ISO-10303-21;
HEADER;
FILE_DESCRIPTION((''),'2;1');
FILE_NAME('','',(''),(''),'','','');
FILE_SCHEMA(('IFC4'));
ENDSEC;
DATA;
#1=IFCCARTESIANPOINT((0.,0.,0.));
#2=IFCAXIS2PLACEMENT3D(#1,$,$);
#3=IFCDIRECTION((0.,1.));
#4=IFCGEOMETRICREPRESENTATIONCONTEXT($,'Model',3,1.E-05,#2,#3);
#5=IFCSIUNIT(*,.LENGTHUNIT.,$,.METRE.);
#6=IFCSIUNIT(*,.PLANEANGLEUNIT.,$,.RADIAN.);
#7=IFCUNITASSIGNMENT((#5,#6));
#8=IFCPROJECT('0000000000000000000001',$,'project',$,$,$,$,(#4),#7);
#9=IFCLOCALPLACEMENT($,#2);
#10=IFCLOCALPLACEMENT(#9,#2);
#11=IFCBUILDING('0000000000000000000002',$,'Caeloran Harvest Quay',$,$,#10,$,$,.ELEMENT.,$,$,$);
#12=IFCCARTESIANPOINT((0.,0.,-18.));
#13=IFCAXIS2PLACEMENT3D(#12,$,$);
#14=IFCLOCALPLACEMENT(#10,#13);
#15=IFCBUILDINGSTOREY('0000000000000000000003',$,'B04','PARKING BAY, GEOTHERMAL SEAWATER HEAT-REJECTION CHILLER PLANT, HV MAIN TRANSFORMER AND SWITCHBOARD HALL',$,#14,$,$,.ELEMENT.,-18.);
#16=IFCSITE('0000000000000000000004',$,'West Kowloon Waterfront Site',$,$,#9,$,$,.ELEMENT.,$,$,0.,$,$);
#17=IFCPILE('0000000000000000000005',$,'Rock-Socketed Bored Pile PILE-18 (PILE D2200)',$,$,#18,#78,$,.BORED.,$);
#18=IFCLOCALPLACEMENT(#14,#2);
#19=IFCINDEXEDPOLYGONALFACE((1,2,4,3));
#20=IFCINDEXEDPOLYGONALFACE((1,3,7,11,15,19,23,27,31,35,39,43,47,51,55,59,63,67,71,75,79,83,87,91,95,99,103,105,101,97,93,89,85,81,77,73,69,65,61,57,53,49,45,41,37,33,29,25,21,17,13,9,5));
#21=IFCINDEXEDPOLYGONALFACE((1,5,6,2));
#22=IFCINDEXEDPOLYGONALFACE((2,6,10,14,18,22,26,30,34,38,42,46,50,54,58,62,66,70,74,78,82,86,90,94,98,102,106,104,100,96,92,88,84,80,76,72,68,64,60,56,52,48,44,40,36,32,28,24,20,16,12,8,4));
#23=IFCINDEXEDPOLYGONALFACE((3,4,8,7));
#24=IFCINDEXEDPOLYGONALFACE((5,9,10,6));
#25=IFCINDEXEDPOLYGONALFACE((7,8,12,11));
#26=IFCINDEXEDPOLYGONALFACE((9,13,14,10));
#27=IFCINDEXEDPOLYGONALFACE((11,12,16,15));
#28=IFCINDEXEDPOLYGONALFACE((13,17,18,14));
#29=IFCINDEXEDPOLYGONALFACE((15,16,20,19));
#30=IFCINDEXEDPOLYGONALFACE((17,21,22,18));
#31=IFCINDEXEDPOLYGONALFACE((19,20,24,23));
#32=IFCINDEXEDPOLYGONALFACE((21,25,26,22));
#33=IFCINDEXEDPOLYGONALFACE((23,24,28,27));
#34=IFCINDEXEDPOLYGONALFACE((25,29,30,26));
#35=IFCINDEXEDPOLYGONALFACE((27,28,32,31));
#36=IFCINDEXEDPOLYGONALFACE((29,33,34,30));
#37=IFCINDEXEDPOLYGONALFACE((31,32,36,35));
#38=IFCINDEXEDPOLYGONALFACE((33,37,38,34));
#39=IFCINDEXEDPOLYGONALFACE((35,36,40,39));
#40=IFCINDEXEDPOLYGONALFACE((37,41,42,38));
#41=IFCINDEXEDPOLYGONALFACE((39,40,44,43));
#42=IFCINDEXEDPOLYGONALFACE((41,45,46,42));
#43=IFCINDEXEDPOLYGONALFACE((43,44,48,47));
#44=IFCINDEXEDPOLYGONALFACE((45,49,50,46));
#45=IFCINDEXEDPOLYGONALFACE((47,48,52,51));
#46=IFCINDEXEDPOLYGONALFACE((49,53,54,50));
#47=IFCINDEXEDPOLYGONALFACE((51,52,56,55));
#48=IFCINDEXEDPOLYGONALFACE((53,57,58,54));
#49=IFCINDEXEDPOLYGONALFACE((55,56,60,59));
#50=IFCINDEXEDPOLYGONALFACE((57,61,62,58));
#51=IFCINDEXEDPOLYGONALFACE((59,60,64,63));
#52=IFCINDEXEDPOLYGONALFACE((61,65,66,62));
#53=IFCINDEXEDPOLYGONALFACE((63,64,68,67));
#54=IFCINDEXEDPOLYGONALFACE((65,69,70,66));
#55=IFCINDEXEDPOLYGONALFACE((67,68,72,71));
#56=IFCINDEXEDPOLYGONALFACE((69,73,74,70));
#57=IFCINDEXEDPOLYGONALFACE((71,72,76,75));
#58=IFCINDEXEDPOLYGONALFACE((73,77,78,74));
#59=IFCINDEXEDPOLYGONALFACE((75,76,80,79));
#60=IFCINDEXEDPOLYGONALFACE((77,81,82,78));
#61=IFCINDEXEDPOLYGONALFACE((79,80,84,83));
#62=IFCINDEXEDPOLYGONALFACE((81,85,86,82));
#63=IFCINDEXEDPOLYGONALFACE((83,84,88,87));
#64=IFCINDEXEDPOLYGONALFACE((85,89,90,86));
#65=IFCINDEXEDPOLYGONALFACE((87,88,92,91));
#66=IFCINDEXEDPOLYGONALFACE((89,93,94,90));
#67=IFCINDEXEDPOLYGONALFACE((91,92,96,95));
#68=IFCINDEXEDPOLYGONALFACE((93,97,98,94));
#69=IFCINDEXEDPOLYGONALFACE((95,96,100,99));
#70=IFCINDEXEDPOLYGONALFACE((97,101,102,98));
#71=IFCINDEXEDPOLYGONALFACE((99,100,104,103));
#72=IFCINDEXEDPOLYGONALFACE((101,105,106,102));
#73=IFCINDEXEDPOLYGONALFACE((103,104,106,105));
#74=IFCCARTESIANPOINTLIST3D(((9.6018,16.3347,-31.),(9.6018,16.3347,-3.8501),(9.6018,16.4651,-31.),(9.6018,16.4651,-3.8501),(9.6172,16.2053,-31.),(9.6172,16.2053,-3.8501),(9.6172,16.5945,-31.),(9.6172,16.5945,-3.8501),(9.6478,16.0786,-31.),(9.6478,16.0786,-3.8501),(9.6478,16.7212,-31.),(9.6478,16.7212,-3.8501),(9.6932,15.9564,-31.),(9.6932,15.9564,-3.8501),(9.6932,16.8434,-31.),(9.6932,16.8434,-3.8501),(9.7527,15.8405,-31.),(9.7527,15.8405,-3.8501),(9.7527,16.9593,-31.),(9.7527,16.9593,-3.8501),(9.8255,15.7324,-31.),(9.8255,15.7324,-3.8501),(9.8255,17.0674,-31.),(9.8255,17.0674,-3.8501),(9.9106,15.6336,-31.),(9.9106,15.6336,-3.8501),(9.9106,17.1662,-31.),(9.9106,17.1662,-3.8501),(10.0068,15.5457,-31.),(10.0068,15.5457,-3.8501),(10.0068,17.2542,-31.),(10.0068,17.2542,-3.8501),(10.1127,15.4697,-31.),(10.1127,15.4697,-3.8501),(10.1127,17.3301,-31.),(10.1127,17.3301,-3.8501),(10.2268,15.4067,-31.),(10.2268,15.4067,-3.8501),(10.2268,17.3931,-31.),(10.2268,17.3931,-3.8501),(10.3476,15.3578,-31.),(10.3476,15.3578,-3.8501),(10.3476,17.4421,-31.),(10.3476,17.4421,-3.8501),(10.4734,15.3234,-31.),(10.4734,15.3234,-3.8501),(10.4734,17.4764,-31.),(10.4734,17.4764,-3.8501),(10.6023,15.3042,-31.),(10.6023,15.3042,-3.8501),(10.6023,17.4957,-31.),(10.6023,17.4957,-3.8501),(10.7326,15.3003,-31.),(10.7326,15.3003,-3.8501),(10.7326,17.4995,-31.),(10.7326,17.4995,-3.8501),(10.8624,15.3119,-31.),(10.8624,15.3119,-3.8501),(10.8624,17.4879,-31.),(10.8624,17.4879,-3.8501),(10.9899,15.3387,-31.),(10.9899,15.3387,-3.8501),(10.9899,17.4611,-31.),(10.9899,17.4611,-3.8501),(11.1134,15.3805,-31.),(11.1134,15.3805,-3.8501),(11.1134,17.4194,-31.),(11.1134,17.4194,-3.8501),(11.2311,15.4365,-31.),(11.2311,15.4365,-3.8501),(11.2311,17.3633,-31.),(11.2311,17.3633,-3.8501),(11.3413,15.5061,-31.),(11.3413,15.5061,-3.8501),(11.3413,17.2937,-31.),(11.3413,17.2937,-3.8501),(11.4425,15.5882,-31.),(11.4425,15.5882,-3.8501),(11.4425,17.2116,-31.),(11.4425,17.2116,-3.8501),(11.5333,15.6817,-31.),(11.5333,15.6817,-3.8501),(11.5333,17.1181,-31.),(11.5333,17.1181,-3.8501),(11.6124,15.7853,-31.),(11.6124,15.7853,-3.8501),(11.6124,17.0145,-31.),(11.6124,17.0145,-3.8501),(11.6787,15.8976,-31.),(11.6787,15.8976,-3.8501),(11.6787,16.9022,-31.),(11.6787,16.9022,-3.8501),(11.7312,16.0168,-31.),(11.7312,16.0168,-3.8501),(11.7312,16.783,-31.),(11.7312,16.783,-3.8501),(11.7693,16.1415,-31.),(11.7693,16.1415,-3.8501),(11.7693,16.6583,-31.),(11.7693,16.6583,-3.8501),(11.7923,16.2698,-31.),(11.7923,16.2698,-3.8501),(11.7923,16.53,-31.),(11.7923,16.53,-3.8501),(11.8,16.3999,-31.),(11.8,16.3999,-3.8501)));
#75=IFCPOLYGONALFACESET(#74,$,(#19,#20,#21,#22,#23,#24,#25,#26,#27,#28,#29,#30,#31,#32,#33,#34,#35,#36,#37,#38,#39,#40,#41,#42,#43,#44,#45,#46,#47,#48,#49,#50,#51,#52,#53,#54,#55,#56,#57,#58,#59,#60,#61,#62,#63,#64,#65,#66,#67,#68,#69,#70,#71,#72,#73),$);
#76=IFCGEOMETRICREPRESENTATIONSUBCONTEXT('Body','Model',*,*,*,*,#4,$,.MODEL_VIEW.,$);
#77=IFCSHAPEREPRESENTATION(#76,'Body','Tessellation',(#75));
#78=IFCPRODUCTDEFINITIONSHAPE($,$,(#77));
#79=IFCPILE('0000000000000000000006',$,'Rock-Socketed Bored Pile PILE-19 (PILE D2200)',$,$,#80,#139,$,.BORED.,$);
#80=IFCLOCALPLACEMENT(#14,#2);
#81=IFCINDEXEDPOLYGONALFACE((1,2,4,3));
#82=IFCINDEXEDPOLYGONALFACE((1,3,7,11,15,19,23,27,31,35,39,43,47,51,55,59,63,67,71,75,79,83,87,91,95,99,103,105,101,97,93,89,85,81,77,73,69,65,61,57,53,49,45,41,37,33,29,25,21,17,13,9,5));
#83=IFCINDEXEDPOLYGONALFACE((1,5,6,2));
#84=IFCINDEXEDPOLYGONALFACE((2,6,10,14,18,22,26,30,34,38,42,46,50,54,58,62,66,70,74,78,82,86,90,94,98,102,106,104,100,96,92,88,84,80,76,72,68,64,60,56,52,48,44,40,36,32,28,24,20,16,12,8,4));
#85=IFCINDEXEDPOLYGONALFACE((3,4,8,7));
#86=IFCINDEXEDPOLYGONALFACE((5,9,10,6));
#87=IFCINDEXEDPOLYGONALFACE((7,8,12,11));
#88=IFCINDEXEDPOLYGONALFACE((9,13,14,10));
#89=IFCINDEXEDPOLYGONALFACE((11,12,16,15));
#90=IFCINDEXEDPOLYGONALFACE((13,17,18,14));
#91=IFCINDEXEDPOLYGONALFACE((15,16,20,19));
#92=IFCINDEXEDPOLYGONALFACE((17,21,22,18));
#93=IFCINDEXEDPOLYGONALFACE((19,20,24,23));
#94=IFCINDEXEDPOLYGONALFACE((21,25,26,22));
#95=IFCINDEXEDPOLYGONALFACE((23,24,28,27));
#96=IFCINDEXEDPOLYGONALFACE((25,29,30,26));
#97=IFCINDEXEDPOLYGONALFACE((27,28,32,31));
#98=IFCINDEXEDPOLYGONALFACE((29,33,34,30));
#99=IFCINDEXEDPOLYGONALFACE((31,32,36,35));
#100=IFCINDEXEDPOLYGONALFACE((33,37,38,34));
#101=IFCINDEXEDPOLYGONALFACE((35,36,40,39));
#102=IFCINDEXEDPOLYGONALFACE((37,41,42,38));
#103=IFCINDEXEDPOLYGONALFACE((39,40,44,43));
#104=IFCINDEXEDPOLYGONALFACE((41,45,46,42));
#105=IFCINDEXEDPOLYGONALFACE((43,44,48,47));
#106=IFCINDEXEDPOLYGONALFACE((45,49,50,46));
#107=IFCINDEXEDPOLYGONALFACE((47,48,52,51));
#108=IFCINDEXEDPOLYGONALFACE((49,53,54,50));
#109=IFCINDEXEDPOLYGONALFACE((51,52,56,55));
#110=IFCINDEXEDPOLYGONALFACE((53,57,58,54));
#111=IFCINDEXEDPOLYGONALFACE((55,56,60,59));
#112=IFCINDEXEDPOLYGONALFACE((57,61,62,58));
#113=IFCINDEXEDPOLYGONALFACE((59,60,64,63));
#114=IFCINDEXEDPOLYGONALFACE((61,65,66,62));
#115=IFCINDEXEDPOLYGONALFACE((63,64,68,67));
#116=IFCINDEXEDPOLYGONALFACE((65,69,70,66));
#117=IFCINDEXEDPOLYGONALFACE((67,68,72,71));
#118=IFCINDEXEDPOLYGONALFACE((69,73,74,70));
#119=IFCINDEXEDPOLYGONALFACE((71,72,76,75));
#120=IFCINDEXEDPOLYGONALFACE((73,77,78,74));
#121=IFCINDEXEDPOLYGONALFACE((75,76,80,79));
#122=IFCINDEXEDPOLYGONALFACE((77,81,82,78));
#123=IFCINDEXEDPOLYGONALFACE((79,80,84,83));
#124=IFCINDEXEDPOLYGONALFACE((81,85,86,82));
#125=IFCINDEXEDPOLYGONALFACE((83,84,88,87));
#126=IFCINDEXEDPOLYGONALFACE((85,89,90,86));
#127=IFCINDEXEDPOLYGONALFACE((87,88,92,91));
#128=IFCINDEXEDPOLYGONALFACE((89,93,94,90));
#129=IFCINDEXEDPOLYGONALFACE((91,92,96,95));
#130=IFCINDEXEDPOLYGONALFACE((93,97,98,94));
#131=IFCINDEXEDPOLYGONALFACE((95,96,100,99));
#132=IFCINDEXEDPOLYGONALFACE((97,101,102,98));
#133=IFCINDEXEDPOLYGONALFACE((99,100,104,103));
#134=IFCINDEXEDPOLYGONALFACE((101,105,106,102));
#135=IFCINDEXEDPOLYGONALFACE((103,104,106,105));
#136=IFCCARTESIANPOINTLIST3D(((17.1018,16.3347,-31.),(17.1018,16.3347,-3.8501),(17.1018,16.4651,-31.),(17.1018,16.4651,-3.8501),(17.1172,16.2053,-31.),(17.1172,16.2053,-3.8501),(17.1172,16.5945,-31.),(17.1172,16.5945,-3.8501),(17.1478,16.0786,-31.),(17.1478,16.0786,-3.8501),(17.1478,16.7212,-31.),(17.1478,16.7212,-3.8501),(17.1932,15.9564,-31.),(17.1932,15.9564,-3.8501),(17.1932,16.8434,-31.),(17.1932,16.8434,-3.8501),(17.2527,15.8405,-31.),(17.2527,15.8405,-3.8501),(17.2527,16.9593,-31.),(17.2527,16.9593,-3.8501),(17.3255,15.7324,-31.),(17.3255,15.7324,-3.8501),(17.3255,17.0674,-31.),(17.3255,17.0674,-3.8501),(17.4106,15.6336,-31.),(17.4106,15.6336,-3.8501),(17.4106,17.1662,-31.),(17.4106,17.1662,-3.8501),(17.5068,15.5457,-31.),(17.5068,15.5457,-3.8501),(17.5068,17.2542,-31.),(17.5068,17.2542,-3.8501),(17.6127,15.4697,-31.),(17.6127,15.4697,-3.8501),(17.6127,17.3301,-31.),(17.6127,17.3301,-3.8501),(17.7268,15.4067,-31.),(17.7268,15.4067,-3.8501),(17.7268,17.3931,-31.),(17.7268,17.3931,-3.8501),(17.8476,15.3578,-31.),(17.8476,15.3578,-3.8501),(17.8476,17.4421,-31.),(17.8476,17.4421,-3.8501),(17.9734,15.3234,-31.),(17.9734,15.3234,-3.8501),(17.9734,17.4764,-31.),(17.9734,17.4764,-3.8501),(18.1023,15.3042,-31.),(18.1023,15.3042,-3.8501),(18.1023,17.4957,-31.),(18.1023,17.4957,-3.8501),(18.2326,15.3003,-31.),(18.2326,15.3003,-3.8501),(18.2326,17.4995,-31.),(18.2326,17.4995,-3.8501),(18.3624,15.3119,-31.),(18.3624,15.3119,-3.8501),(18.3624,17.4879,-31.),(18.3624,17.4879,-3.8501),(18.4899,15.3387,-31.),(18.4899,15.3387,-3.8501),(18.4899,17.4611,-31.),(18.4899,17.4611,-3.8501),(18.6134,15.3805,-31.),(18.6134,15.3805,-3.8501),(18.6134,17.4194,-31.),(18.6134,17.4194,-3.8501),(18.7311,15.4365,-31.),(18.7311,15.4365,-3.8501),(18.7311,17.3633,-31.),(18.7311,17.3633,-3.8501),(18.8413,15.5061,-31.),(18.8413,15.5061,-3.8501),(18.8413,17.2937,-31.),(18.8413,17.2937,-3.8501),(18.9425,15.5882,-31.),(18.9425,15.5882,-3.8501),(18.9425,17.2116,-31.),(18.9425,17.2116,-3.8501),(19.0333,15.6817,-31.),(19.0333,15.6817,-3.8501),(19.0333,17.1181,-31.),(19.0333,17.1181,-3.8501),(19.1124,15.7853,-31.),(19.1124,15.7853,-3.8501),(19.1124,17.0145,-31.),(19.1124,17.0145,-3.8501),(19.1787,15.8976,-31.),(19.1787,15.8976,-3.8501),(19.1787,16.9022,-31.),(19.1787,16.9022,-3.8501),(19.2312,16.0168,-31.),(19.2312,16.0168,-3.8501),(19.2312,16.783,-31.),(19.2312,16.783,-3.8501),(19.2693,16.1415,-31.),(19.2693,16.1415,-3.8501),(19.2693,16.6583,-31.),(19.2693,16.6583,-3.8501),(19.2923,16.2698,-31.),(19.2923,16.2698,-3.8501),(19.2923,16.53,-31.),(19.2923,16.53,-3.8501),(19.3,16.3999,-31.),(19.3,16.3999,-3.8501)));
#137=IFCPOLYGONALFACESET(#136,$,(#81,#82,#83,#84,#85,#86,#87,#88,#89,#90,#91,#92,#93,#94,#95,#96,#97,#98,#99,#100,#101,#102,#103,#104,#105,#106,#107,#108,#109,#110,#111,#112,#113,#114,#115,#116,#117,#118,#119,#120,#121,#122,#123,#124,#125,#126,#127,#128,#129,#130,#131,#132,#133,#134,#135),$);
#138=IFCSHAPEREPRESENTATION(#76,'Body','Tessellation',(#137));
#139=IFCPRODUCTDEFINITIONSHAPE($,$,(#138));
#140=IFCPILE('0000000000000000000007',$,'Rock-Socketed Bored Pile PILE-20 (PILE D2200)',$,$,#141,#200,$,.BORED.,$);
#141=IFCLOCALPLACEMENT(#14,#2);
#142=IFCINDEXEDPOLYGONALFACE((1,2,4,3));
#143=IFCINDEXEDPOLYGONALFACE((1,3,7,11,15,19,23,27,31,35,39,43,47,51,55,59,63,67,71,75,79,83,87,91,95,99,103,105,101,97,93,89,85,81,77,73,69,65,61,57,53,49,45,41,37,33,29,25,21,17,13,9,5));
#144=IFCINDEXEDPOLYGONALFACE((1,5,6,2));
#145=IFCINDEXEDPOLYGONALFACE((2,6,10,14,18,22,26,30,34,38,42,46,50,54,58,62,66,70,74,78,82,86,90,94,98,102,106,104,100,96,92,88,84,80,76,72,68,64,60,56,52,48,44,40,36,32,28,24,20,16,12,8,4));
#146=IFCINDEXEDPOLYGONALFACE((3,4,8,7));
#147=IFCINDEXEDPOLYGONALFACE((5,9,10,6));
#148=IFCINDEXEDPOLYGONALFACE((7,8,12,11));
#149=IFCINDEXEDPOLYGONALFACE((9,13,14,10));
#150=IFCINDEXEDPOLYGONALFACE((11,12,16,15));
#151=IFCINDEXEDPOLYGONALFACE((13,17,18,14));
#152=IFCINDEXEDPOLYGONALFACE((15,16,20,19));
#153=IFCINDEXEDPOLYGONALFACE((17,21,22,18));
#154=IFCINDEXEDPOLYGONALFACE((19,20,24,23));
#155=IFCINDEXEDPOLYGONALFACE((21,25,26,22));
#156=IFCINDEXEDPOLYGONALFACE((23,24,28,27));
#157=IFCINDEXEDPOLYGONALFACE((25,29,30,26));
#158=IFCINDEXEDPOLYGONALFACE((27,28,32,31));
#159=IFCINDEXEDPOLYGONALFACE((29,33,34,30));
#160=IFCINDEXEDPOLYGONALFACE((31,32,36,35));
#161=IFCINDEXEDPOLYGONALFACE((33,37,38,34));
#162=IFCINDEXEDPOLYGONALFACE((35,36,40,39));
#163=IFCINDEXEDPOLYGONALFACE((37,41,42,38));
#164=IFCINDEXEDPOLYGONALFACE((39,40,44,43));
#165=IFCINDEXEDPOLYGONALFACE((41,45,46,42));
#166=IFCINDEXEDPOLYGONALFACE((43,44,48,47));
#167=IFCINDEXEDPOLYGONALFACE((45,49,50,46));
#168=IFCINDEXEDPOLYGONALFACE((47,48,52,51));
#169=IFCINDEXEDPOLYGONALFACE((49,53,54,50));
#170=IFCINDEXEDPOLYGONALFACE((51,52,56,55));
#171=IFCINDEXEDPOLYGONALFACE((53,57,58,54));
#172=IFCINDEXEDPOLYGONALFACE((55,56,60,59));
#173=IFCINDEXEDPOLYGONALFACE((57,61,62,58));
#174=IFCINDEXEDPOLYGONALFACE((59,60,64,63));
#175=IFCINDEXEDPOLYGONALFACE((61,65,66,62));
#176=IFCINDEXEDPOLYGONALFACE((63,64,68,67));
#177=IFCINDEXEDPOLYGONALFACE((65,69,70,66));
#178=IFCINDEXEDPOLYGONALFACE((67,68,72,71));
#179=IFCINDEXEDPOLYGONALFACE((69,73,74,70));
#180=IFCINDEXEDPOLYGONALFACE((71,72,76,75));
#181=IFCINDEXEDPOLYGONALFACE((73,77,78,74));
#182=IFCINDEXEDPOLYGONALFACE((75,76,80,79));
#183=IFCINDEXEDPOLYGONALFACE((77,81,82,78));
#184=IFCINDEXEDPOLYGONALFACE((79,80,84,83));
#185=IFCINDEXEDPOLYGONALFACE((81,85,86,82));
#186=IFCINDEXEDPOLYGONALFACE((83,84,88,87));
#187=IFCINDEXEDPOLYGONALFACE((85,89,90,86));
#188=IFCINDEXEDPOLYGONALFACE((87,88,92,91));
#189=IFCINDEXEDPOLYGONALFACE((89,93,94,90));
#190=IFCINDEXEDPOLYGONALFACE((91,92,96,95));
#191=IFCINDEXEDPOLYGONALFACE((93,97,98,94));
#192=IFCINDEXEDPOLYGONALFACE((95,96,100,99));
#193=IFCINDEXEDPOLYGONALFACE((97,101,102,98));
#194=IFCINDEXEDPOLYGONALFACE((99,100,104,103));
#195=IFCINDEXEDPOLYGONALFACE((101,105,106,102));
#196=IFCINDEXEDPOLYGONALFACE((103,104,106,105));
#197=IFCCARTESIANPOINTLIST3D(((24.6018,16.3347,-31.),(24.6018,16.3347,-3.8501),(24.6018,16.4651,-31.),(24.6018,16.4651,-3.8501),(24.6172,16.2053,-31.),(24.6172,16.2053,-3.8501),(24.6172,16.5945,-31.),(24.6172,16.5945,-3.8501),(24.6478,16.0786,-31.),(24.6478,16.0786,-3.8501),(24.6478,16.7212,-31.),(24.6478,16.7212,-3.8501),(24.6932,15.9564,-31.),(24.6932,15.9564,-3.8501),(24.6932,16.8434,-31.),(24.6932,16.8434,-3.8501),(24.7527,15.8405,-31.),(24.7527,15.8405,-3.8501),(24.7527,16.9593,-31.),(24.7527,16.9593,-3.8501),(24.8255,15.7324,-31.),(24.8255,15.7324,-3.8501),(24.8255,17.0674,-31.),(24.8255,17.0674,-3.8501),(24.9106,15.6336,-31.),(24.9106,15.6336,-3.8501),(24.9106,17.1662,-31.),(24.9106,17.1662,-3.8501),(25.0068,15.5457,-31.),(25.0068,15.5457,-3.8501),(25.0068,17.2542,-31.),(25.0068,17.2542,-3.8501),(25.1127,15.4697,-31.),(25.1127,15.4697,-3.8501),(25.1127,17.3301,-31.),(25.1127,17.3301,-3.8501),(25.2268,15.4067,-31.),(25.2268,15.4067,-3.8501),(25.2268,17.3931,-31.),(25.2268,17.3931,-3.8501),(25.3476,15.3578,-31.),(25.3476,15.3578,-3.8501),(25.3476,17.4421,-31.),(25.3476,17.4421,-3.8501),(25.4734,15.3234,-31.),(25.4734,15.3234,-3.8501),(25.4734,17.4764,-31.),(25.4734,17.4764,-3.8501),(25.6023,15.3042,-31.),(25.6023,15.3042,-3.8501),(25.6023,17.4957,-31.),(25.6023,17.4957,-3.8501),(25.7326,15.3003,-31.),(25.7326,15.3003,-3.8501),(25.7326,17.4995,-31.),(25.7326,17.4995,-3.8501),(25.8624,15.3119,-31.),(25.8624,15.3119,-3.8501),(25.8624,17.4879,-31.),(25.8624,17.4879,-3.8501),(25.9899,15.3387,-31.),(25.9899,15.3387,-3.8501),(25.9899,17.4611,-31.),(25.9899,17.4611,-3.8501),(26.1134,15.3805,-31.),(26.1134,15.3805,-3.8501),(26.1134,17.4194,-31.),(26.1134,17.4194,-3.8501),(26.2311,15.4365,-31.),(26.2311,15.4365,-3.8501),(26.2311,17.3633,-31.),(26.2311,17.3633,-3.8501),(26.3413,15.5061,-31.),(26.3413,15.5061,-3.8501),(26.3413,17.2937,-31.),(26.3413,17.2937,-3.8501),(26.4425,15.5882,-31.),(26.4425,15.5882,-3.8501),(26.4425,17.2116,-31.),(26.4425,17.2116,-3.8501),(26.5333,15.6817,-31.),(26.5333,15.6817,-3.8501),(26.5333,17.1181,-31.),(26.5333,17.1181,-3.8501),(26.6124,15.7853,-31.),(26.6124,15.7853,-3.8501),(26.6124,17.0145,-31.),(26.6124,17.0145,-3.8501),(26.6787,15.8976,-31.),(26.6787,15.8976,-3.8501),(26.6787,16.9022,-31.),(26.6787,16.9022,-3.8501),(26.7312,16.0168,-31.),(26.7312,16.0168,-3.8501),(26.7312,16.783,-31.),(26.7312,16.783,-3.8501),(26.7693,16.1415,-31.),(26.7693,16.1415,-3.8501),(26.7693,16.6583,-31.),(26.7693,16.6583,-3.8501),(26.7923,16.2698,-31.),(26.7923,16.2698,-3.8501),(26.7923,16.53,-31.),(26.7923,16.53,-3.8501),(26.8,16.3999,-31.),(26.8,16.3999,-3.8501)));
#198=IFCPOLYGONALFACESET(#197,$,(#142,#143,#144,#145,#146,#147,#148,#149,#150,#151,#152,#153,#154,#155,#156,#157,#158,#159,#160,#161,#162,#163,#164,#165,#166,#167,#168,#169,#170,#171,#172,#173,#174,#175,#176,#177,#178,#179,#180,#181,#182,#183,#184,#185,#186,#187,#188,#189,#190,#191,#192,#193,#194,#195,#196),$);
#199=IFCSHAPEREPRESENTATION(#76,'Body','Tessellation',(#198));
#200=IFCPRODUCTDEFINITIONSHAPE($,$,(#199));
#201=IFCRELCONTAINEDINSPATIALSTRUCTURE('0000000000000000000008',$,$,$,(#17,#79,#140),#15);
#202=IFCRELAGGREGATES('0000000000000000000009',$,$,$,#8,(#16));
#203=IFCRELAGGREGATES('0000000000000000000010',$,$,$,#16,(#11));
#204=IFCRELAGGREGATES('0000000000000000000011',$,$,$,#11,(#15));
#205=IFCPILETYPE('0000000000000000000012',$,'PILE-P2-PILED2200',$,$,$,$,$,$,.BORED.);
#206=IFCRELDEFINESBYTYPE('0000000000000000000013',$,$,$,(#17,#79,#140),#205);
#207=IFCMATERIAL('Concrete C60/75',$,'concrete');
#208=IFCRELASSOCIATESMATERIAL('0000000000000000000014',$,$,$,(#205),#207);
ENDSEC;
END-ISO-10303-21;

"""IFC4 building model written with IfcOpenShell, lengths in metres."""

from ifc_helpers import new_model, si_unit, direction, frame, origin, origin_2d, place, context, subcontext, project, spatial, circle, extrude, material, material_profile, profile_set, type_object, element, save


model = new_model("IFC4")

# Units and contexts
model_context = context("Model", 3, precision=1e-05, world=origin(), true_north=direction((0.0, 1.0)))
body_context = subcontext(model_context, "Body", "Model", "MODEL_VIEW")
ifc_project = project(units=[si_unit("LENGTHUNIT", "METRE"), si_unit("PLANEANGLEUNIT", "RADIAN")], contexts=[model_context])

# Site, building, storey
site_placement = place(None, origin())
site = spatial("IfcSite", under=ifc_project, at=site_placement, Name="West Kowloon Waterfront Site", CompositionType="ELEMENT", RefElevation=0.0)
building_placement = place(site_placement, origin())
building = spatial("IfcBuilding", under=site, at=building_placement, Name="Caeloran Harvest Quay", CompositionType="ELEMENT")
storey_placement = place(building_placement, frame((0.0, 0.0, -18.0)))
storey = spatial("IfcBuildingStorey", under=building, at=storey_placement, Name="B04", Description="PARKING BAY, GEOTHERMAL SEAWATER HEAT-REJECTION CHILLER PLANT, HV MAIN TRANSFORMER AND SWITCHBOARD HALL", CompositionType="ELEMENT", Elevation=-18.0)

# Piles
ifc_material_1 = material(Name="Concrete C60/75", Category="concrete")
ifc_material_profile_1 = material_profile(ifc_material_1, circle(Radius=1.1001, at=origin_2d()), Name="PILE D2200")
ifc_profile_set_1 = profile_set([ifc_material_profile_1], Name="Concrete C60/75")
pile_type = type_object("IfcPileType", Name="PILE-P2-PILED2200", PredefinedType="BORED", material=ifc_profile_set_1)
for number, where, z_axis, x_axis, name in (
    (1, (10.7, 16.3999, -3.8501), (0.0, 0.0, -1.0), (1.0, 0.0, 0.0), "Rock-Socketed Bored Pile PILE-18 (PILE D2200)"),
    (2, (18.2, 16.3999, -3.8501), (0.0, 0.0, -1.0), (1.0, 0.0, 0.0), "Rock-Socketed Bored Pile PILE-19 (PILE D2200)"),
    (3, (25.7, 16.3999, -3.8501), (0.0, 0.0, -1.0), (1.0, 0.0, 0.0), "Rock-Socketed Bored Pile PILE-20 (PILE D2200)"),
):
    element("IfcPile", number, at=place(storey_placement, frame(where, z_axis=z_axis, x_axis=x_axis)), inside=storey, type_object=pile_type, Name=name, PredefinedType="BORED", context=body_context, shape_type="SweptSolid", body=[
        extrude(circle(Radius=1.1001, at=origin_2d()), origin(), (0.0, 0.0, 1.0), 27.1499),
    ])

save(model, "model.ifc")
